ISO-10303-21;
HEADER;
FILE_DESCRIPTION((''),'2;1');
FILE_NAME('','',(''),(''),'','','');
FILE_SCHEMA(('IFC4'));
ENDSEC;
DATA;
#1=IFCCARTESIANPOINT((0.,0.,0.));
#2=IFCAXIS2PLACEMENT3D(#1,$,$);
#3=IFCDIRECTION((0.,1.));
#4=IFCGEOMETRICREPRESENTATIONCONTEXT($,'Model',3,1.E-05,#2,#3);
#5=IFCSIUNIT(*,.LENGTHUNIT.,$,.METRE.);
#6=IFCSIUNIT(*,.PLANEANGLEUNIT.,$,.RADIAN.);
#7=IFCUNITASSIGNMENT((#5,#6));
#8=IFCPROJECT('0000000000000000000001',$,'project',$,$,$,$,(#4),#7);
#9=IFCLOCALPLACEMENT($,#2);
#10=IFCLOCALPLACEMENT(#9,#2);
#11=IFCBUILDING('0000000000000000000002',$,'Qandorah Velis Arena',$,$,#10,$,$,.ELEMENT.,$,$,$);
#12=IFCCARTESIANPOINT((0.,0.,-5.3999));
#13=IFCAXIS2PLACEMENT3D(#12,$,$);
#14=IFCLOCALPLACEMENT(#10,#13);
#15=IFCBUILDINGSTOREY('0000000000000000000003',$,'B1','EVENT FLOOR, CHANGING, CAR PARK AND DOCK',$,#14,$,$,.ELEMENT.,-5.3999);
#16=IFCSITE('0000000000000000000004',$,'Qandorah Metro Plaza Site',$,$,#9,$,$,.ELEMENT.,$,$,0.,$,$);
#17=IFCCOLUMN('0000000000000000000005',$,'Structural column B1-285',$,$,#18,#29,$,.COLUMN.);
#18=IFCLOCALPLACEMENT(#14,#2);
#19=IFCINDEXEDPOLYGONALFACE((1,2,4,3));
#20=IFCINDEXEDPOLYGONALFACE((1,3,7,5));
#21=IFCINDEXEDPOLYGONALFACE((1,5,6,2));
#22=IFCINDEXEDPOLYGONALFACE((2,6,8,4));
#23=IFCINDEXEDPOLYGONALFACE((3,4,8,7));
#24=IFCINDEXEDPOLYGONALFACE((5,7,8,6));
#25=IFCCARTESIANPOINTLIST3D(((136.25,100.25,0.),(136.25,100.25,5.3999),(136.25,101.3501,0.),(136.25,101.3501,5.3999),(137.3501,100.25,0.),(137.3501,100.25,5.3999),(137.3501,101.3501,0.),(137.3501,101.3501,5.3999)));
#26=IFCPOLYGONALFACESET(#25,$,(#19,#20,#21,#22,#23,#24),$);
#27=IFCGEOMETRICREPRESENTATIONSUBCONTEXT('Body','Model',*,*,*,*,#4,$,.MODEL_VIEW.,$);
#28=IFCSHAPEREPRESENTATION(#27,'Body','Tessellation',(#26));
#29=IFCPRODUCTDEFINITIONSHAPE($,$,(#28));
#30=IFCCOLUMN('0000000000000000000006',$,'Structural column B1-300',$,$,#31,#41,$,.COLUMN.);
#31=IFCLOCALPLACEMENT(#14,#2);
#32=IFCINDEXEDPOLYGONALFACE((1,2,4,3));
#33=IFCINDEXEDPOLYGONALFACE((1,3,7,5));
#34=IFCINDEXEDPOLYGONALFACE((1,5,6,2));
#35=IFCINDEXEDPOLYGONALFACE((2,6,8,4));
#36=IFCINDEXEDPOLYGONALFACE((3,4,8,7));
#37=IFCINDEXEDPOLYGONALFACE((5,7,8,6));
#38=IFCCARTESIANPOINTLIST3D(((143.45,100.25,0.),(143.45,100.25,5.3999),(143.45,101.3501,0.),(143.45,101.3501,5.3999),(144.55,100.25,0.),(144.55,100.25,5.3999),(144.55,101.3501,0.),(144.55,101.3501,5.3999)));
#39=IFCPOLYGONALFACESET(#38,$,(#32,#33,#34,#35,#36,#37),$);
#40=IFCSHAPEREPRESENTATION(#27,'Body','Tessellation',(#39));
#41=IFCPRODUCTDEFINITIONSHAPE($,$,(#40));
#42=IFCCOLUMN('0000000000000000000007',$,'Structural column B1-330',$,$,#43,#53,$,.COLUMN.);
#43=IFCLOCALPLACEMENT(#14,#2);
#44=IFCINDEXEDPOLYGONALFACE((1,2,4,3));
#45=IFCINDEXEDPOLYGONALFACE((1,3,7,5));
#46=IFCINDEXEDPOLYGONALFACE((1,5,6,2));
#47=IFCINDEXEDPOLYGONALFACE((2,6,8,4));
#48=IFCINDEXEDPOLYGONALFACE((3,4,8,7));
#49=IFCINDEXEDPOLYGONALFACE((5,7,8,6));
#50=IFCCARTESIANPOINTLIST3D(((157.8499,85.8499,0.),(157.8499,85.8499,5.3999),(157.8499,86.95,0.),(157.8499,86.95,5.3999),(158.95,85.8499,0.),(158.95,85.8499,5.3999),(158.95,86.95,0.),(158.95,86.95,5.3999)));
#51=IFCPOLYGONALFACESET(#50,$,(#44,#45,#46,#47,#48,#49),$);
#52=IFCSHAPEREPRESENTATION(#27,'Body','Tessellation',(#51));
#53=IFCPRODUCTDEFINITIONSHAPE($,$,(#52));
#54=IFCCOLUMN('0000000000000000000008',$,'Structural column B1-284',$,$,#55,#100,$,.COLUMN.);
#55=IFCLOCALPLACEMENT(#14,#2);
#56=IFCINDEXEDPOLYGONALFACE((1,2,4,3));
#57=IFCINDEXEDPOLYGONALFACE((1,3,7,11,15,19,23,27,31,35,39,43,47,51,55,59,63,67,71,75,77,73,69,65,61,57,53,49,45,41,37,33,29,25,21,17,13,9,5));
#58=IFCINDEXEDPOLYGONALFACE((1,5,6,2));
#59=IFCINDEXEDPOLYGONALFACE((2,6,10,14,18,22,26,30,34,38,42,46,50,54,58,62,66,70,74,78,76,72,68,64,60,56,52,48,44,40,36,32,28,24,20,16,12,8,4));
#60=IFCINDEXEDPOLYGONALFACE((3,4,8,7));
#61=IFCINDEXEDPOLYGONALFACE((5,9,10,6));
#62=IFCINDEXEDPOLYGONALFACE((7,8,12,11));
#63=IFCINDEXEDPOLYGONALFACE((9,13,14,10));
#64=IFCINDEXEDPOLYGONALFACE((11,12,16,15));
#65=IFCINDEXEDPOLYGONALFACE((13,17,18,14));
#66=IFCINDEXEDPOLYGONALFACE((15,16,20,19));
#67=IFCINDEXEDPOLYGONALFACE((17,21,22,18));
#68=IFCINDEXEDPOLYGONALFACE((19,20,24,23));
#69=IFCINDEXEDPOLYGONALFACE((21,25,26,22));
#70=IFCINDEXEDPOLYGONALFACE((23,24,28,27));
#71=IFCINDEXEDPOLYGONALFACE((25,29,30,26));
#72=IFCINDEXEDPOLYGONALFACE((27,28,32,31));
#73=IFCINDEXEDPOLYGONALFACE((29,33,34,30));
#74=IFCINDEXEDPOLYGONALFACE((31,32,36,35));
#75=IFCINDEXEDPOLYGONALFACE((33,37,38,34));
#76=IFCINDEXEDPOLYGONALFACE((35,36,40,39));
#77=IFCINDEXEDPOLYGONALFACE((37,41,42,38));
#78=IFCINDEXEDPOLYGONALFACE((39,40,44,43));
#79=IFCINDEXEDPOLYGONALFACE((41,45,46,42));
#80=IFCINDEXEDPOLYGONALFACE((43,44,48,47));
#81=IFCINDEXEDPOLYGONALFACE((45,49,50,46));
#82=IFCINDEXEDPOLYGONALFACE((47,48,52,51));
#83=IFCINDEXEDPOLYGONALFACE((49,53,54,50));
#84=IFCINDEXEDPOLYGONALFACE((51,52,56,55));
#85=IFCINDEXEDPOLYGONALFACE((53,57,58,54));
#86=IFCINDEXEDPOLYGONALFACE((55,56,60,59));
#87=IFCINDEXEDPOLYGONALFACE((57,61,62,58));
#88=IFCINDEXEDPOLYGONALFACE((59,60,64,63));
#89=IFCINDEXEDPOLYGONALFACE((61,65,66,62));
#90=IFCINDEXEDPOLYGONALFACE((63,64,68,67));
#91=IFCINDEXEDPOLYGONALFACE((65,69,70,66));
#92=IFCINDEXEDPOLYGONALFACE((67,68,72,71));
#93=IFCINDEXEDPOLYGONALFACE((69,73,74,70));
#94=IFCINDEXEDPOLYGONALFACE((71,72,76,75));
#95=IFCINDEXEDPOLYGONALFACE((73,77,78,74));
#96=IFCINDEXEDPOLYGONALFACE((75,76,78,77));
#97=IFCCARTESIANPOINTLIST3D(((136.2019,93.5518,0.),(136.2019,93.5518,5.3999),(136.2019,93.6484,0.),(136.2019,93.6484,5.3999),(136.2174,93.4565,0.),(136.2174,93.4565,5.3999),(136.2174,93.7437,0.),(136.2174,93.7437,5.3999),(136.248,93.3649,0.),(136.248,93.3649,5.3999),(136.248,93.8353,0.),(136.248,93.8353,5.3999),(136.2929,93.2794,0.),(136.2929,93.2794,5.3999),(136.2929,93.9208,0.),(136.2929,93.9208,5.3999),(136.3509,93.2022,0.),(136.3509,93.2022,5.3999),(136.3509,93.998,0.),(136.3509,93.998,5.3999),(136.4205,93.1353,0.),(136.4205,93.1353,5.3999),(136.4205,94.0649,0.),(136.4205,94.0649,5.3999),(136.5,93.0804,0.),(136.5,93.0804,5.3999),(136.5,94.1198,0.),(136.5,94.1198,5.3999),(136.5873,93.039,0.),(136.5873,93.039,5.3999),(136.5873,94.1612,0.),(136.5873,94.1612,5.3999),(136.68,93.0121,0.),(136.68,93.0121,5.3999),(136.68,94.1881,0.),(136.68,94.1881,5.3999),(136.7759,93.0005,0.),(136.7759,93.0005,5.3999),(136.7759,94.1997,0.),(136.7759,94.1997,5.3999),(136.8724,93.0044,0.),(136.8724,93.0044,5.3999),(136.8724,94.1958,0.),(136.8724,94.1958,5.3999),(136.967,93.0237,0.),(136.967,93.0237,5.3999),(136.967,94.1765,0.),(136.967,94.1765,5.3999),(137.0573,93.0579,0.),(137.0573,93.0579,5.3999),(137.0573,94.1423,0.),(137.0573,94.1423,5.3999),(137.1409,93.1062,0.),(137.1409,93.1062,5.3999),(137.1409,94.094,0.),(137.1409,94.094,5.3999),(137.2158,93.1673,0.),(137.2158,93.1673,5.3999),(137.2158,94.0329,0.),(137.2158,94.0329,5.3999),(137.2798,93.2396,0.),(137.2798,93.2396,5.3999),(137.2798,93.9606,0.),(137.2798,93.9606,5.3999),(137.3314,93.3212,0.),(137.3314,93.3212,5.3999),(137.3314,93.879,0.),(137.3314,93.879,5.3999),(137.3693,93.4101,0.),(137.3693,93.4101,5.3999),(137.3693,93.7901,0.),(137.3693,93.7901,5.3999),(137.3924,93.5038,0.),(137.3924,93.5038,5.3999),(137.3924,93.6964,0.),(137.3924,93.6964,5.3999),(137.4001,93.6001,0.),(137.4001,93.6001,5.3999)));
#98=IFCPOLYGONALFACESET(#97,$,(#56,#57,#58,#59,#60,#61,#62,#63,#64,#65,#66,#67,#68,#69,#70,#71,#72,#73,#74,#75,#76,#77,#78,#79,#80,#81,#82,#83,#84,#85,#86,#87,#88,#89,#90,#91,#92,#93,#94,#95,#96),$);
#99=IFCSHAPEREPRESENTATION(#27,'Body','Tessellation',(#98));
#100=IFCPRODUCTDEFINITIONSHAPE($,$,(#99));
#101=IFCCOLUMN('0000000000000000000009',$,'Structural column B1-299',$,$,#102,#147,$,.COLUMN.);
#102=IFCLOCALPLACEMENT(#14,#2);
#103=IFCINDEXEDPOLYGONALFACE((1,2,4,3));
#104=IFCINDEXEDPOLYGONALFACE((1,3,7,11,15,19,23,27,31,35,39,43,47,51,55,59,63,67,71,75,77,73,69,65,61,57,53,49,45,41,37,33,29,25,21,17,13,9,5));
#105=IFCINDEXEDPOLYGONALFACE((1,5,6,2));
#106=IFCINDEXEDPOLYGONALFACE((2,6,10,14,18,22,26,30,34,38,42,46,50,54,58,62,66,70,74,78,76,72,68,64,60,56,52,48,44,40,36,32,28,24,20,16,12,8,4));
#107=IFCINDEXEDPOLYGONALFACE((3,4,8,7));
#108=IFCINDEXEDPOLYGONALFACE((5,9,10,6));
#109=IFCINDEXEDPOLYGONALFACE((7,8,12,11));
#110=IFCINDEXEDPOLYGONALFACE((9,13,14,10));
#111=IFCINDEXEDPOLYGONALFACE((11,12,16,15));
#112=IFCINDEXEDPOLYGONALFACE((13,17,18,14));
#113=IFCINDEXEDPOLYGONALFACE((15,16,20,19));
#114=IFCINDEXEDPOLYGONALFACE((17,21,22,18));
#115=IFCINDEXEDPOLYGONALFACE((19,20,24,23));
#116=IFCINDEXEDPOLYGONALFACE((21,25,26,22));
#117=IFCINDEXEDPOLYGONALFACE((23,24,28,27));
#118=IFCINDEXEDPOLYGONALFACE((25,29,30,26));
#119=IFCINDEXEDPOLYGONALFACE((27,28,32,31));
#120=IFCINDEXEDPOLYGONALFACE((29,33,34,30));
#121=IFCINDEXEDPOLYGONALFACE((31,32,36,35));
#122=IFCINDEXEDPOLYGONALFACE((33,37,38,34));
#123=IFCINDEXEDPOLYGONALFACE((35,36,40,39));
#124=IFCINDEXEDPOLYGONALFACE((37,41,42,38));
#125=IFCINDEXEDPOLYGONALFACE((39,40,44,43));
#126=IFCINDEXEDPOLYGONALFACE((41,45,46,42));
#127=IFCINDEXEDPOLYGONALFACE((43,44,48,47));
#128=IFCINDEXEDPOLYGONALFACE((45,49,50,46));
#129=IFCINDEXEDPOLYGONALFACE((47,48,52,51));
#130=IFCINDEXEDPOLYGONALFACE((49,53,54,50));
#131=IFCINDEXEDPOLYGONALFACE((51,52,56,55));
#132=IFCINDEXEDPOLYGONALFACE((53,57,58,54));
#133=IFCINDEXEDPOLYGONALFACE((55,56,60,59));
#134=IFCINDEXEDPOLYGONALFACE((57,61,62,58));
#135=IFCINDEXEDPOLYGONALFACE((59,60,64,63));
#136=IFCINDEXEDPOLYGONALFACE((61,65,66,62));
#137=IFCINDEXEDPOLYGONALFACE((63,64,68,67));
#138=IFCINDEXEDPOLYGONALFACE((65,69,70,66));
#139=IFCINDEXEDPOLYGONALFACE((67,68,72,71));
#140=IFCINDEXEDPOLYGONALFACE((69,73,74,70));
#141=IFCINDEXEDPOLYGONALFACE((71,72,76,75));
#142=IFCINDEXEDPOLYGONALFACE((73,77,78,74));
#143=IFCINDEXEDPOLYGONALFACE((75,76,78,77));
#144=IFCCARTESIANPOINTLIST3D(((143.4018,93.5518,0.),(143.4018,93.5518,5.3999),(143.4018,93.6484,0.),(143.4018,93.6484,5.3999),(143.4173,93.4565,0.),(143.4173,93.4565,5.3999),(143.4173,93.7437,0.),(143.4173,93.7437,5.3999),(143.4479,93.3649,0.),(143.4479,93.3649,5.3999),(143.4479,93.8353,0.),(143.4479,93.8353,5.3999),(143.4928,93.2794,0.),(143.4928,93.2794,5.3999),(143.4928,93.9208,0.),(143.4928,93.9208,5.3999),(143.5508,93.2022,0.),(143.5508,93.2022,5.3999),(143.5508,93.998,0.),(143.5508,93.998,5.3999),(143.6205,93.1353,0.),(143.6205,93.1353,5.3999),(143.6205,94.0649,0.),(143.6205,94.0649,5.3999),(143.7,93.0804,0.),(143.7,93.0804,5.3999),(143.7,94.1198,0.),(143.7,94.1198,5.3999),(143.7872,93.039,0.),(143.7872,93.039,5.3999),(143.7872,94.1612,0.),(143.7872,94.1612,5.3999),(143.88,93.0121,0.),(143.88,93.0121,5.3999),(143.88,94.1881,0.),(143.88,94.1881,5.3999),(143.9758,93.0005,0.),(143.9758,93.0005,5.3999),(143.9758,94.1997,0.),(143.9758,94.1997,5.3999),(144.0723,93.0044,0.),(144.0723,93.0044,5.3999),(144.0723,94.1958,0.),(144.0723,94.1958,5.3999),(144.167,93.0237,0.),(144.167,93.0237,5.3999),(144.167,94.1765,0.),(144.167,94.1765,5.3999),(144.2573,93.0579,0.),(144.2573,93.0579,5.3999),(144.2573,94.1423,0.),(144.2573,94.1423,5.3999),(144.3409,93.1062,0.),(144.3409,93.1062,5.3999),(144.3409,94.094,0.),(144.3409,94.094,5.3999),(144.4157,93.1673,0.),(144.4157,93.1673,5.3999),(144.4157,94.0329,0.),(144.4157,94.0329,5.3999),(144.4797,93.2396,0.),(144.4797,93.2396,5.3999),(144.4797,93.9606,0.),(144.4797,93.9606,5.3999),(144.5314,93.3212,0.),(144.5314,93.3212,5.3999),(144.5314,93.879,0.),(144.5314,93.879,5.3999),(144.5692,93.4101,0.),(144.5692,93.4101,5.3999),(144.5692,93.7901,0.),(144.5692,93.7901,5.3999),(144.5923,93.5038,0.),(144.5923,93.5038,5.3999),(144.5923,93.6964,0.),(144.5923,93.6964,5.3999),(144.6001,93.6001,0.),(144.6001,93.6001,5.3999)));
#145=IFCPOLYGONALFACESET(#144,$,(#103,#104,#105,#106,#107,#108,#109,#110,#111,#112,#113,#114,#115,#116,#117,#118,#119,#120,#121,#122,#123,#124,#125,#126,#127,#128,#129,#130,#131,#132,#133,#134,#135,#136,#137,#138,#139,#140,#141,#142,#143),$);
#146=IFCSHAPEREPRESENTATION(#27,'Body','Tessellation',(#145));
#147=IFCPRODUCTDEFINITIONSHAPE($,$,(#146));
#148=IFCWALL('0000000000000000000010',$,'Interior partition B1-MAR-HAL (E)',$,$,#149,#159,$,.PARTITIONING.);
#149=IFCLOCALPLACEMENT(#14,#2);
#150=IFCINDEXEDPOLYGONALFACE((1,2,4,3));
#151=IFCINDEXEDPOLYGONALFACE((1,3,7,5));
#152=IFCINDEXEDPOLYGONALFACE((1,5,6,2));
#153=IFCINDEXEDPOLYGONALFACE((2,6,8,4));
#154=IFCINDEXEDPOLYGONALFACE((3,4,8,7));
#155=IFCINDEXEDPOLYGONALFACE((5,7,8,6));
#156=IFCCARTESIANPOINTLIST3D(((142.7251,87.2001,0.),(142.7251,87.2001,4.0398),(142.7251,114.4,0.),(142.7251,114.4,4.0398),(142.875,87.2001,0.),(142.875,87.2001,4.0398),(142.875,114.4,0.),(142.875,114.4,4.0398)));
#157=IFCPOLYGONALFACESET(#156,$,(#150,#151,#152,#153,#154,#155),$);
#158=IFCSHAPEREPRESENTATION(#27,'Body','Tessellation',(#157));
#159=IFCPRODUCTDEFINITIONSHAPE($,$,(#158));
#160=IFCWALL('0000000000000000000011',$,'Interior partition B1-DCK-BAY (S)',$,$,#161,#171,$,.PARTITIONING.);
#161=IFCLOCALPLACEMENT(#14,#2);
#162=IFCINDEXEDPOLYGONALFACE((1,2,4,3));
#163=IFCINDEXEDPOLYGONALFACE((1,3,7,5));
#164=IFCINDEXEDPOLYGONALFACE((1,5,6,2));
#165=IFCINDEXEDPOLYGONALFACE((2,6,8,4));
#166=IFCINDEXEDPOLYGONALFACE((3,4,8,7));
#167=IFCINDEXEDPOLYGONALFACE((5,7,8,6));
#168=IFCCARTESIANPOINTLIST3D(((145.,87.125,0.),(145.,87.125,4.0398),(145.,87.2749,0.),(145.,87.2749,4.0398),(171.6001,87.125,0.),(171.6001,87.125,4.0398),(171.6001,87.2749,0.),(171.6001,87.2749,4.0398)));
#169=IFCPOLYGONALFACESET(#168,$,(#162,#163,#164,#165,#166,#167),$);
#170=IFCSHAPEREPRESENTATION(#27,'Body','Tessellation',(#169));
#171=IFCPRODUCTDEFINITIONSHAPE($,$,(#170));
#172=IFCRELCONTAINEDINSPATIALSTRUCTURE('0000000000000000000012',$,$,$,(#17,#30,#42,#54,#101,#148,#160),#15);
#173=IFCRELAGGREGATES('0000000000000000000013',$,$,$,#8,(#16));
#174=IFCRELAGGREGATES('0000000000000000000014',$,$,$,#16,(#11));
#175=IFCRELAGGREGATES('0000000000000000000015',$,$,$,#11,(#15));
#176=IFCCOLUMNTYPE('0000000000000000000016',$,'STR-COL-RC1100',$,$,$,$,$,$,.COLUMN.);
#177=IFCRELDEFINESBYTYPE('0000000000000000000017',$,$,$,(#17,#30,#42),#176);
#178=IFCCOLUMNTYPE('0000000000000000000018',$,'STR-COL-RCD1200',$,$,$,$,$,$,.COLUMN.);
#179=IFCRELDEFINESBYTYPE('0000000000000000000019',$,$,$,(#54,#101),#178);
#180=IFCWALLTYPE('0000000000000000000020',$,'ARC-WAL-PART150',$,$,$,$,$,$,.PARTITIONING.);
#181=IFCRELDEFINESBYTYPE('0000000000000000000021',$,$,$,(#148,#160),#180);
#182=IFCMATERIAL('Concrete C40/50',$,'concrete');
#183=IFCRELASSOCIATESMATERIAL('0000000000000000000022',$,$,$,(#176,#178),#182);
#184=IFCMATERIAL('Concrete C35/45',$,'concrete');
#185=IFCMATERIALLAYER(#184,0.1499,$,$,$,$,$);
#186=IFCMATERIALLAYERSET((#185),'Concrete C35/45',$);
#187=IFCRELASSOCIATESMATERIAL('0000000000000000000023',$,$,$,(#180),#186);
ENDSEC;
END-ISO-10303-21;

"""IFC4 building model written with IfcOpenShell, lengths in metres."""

from ifc_helpers import new_model, si_unit, direction, frame, frame_2d, origin, origin_2d, place, context, subcontext, project, spatial, rectangle, circle, extrude, material, layer, layer_set, material_profile, profile_set, type_object, element, save


model = new_model("IFC4")

# Units and contexts
model_context = context("Model", 3, precision=1e-05, world=origin(), true_north=direction((0.0, 1.0)))
body_context = subcontext(model_context, "Body", "Model", "MODEL_VIEW")
ifc_project = project(units=[si_unit("LENGTHUNIT", "METRE"), si_unit("PLANEANGLEUNIT", "RADIAN")], contexts=[model_context])

# Site, building, storey
site_placement = place(None, origin())
site = spatial("IfcSite", under=ifc_project, at=site_placement, Name="Qandorah Metro Plaza Site", CompositionType="ELEMENT", RefElevation=0.0)
building_placement = place(site_placement, origin())
building = spatial("IfcBuilding", under=site, at=building_placement, Name="Qandorah Velis Arena", CompositionType="ELEMENT")
storey_placement = place(building_placement, frame((0.0, 0.0, -5.3999)))
storey = spatial("IfcBuildingStorey", under=building, at=storey_placement, Name="B1", Description="EVENT FLOOR, CHANGING, CAR PARK AND DOCK", CompositionType="ELEMENT", Elevation=-5.3999)

# Shared definitions
ifc_material_1 = material(Name="Concrete C40/50", Category="concrete")

# Columns
ifc_material_profile_1 = material_profile(ifc_material_1, rectangle(XDim=1.1001, YDim=1.1001, at=origin_2d()), Name="RC COL 1100x1100")
ifc_profile_set_1 = profile_set([ifc_material_profile_1], Name="Concrete C40/50")
column_type_1 = type_object("IfcColumnType", Name="STR-COL-RC1100", PredefinedType="COLUMN", material=ifc_profile_set_1)
for number, where, z_axis, x_axis, name in (
    (1, (136.8, 100.8, 0.0), (0.0, 0.0, 1.0), (1.0, 0.0, 0.0), "Structural column B1-285"),
    (2, (144.0, 100.8, 0.0), (0.0, 0.0, 1.0), (1.0, 0.0, 0.0), "Structural column B1-300"),
    (3, (158.3999, 86.3999, 0.0), (0.0, 0.0, 1.0), (1.0, 0.0, 0.0), "Structural column B1-330"),
):
    element("IfcColumn", number, at=place(storey_placement, frame(where, z_axis=z_axis, x_axis=x_axis)), inside=storey, type_object=column_type_1, Name=name, PredefinedType="COLUMN", context=body_context, shape_type="SweptSolid", body=[
        extrude(rectangle(XDim=1.1001, YDim=1.1001, at=origin_2d()), origin(), (0.0, 0.0, 1.0), 5.3999),
    ])
ifc_material_profile_2 = material_profile(ifc_material_1, circle(Radius=0.6001, at=origin_2d()), Name="RC D1200")
ifc_profile_set_2 = profile_set([ifc_material_profile_2], Name="Concrete C40/50")
column_type_2 = type_object("IfcColumnType", Name="STR-COL-RCD1200", PredefinedType="COLUMN", material=ifc_profile_set_2)
for number, where, z_axis, x_axis, name in (
    (4, (136.8, 93.6001, 0.0), (0.0, 0.0, 1.0), (1.0, 0.0, 0.0), "Structural column B1-284"),
    (5, (144.0, 93.6001, 0.0), (0.0, 0.0, 1.0), (1.0, 0.0, 0.0), "Structural column B1-299"),
):
    element("IfcColumn", number, at=place(storey_placement, frame(where, z_axis=z_axis, x_axis=x_axis)), inside=storey, type_object=column_type_2, Name=name, PredefinedType="COLUMN", context=body_context, shape_type="SweptSolid", body=[
        extrude(circle(Radius=0.6001, at=origin_2d()), origin(), (0.0, 0.0, 1.0), 5.3999),
    ])

# Walls
ifc_material_2 = material(Name="Concrete C35/45", Category="concrete")
ifc_layer = layer(ifc_material_2, 0.1499)
ifc_layer_set = layer_set([ifc_layer], Name="Concrete C35/45")
wall_type = type_object("IfcWallType", Name="ARC-WAL-PART150", PredefinedType="PARTITIONING", material=ifc_layer_set)
wall_1_placement = place(storey_placement, frame((142.8, 87.2, 0.0), z_axis=(0.0, 0.0, 1.0), x_axis=(0.0, 1.0, 0.0)))
element("IfcWall", 6, at=wall_1_placement, inside=storey, type_object=wall_type, Name="Interior partition B1-MAR-HAL (E)", PredefinedType="PARTITIONING", context=body_context, shape_type="SweptSolid", body=[
    extrude(rectangle(XDim=27.2, YDim=0.1499, at=frame_2d((13.6001, 0.0))), origin(), (0.0, 0.0, 1.0), 4.0398),
])
wall_2_placement = place(storey_placement, frame((145.0, 87.2, 0.0), z_axis=(0.0, 0.0, 1.0), x_axis=(1.0, 0.0, 0.0)))
element("IfcWall", 7, at=wall_2_placement, inside=storey, type_object=wall_type, Name="Interior partition B1-DCK-BAY (S)", PredefinedType="PARTITIONING", context=body_context, shape_type="SweptSolid", body=[
    extrude(rectangle(XDim=26.6001, YDim=0.1499, at=frame_2d((13.3, 0.0))), origin(), (0.0, 0.0, 1.0), 4.0398),
])

save(model, "model.ifc")
